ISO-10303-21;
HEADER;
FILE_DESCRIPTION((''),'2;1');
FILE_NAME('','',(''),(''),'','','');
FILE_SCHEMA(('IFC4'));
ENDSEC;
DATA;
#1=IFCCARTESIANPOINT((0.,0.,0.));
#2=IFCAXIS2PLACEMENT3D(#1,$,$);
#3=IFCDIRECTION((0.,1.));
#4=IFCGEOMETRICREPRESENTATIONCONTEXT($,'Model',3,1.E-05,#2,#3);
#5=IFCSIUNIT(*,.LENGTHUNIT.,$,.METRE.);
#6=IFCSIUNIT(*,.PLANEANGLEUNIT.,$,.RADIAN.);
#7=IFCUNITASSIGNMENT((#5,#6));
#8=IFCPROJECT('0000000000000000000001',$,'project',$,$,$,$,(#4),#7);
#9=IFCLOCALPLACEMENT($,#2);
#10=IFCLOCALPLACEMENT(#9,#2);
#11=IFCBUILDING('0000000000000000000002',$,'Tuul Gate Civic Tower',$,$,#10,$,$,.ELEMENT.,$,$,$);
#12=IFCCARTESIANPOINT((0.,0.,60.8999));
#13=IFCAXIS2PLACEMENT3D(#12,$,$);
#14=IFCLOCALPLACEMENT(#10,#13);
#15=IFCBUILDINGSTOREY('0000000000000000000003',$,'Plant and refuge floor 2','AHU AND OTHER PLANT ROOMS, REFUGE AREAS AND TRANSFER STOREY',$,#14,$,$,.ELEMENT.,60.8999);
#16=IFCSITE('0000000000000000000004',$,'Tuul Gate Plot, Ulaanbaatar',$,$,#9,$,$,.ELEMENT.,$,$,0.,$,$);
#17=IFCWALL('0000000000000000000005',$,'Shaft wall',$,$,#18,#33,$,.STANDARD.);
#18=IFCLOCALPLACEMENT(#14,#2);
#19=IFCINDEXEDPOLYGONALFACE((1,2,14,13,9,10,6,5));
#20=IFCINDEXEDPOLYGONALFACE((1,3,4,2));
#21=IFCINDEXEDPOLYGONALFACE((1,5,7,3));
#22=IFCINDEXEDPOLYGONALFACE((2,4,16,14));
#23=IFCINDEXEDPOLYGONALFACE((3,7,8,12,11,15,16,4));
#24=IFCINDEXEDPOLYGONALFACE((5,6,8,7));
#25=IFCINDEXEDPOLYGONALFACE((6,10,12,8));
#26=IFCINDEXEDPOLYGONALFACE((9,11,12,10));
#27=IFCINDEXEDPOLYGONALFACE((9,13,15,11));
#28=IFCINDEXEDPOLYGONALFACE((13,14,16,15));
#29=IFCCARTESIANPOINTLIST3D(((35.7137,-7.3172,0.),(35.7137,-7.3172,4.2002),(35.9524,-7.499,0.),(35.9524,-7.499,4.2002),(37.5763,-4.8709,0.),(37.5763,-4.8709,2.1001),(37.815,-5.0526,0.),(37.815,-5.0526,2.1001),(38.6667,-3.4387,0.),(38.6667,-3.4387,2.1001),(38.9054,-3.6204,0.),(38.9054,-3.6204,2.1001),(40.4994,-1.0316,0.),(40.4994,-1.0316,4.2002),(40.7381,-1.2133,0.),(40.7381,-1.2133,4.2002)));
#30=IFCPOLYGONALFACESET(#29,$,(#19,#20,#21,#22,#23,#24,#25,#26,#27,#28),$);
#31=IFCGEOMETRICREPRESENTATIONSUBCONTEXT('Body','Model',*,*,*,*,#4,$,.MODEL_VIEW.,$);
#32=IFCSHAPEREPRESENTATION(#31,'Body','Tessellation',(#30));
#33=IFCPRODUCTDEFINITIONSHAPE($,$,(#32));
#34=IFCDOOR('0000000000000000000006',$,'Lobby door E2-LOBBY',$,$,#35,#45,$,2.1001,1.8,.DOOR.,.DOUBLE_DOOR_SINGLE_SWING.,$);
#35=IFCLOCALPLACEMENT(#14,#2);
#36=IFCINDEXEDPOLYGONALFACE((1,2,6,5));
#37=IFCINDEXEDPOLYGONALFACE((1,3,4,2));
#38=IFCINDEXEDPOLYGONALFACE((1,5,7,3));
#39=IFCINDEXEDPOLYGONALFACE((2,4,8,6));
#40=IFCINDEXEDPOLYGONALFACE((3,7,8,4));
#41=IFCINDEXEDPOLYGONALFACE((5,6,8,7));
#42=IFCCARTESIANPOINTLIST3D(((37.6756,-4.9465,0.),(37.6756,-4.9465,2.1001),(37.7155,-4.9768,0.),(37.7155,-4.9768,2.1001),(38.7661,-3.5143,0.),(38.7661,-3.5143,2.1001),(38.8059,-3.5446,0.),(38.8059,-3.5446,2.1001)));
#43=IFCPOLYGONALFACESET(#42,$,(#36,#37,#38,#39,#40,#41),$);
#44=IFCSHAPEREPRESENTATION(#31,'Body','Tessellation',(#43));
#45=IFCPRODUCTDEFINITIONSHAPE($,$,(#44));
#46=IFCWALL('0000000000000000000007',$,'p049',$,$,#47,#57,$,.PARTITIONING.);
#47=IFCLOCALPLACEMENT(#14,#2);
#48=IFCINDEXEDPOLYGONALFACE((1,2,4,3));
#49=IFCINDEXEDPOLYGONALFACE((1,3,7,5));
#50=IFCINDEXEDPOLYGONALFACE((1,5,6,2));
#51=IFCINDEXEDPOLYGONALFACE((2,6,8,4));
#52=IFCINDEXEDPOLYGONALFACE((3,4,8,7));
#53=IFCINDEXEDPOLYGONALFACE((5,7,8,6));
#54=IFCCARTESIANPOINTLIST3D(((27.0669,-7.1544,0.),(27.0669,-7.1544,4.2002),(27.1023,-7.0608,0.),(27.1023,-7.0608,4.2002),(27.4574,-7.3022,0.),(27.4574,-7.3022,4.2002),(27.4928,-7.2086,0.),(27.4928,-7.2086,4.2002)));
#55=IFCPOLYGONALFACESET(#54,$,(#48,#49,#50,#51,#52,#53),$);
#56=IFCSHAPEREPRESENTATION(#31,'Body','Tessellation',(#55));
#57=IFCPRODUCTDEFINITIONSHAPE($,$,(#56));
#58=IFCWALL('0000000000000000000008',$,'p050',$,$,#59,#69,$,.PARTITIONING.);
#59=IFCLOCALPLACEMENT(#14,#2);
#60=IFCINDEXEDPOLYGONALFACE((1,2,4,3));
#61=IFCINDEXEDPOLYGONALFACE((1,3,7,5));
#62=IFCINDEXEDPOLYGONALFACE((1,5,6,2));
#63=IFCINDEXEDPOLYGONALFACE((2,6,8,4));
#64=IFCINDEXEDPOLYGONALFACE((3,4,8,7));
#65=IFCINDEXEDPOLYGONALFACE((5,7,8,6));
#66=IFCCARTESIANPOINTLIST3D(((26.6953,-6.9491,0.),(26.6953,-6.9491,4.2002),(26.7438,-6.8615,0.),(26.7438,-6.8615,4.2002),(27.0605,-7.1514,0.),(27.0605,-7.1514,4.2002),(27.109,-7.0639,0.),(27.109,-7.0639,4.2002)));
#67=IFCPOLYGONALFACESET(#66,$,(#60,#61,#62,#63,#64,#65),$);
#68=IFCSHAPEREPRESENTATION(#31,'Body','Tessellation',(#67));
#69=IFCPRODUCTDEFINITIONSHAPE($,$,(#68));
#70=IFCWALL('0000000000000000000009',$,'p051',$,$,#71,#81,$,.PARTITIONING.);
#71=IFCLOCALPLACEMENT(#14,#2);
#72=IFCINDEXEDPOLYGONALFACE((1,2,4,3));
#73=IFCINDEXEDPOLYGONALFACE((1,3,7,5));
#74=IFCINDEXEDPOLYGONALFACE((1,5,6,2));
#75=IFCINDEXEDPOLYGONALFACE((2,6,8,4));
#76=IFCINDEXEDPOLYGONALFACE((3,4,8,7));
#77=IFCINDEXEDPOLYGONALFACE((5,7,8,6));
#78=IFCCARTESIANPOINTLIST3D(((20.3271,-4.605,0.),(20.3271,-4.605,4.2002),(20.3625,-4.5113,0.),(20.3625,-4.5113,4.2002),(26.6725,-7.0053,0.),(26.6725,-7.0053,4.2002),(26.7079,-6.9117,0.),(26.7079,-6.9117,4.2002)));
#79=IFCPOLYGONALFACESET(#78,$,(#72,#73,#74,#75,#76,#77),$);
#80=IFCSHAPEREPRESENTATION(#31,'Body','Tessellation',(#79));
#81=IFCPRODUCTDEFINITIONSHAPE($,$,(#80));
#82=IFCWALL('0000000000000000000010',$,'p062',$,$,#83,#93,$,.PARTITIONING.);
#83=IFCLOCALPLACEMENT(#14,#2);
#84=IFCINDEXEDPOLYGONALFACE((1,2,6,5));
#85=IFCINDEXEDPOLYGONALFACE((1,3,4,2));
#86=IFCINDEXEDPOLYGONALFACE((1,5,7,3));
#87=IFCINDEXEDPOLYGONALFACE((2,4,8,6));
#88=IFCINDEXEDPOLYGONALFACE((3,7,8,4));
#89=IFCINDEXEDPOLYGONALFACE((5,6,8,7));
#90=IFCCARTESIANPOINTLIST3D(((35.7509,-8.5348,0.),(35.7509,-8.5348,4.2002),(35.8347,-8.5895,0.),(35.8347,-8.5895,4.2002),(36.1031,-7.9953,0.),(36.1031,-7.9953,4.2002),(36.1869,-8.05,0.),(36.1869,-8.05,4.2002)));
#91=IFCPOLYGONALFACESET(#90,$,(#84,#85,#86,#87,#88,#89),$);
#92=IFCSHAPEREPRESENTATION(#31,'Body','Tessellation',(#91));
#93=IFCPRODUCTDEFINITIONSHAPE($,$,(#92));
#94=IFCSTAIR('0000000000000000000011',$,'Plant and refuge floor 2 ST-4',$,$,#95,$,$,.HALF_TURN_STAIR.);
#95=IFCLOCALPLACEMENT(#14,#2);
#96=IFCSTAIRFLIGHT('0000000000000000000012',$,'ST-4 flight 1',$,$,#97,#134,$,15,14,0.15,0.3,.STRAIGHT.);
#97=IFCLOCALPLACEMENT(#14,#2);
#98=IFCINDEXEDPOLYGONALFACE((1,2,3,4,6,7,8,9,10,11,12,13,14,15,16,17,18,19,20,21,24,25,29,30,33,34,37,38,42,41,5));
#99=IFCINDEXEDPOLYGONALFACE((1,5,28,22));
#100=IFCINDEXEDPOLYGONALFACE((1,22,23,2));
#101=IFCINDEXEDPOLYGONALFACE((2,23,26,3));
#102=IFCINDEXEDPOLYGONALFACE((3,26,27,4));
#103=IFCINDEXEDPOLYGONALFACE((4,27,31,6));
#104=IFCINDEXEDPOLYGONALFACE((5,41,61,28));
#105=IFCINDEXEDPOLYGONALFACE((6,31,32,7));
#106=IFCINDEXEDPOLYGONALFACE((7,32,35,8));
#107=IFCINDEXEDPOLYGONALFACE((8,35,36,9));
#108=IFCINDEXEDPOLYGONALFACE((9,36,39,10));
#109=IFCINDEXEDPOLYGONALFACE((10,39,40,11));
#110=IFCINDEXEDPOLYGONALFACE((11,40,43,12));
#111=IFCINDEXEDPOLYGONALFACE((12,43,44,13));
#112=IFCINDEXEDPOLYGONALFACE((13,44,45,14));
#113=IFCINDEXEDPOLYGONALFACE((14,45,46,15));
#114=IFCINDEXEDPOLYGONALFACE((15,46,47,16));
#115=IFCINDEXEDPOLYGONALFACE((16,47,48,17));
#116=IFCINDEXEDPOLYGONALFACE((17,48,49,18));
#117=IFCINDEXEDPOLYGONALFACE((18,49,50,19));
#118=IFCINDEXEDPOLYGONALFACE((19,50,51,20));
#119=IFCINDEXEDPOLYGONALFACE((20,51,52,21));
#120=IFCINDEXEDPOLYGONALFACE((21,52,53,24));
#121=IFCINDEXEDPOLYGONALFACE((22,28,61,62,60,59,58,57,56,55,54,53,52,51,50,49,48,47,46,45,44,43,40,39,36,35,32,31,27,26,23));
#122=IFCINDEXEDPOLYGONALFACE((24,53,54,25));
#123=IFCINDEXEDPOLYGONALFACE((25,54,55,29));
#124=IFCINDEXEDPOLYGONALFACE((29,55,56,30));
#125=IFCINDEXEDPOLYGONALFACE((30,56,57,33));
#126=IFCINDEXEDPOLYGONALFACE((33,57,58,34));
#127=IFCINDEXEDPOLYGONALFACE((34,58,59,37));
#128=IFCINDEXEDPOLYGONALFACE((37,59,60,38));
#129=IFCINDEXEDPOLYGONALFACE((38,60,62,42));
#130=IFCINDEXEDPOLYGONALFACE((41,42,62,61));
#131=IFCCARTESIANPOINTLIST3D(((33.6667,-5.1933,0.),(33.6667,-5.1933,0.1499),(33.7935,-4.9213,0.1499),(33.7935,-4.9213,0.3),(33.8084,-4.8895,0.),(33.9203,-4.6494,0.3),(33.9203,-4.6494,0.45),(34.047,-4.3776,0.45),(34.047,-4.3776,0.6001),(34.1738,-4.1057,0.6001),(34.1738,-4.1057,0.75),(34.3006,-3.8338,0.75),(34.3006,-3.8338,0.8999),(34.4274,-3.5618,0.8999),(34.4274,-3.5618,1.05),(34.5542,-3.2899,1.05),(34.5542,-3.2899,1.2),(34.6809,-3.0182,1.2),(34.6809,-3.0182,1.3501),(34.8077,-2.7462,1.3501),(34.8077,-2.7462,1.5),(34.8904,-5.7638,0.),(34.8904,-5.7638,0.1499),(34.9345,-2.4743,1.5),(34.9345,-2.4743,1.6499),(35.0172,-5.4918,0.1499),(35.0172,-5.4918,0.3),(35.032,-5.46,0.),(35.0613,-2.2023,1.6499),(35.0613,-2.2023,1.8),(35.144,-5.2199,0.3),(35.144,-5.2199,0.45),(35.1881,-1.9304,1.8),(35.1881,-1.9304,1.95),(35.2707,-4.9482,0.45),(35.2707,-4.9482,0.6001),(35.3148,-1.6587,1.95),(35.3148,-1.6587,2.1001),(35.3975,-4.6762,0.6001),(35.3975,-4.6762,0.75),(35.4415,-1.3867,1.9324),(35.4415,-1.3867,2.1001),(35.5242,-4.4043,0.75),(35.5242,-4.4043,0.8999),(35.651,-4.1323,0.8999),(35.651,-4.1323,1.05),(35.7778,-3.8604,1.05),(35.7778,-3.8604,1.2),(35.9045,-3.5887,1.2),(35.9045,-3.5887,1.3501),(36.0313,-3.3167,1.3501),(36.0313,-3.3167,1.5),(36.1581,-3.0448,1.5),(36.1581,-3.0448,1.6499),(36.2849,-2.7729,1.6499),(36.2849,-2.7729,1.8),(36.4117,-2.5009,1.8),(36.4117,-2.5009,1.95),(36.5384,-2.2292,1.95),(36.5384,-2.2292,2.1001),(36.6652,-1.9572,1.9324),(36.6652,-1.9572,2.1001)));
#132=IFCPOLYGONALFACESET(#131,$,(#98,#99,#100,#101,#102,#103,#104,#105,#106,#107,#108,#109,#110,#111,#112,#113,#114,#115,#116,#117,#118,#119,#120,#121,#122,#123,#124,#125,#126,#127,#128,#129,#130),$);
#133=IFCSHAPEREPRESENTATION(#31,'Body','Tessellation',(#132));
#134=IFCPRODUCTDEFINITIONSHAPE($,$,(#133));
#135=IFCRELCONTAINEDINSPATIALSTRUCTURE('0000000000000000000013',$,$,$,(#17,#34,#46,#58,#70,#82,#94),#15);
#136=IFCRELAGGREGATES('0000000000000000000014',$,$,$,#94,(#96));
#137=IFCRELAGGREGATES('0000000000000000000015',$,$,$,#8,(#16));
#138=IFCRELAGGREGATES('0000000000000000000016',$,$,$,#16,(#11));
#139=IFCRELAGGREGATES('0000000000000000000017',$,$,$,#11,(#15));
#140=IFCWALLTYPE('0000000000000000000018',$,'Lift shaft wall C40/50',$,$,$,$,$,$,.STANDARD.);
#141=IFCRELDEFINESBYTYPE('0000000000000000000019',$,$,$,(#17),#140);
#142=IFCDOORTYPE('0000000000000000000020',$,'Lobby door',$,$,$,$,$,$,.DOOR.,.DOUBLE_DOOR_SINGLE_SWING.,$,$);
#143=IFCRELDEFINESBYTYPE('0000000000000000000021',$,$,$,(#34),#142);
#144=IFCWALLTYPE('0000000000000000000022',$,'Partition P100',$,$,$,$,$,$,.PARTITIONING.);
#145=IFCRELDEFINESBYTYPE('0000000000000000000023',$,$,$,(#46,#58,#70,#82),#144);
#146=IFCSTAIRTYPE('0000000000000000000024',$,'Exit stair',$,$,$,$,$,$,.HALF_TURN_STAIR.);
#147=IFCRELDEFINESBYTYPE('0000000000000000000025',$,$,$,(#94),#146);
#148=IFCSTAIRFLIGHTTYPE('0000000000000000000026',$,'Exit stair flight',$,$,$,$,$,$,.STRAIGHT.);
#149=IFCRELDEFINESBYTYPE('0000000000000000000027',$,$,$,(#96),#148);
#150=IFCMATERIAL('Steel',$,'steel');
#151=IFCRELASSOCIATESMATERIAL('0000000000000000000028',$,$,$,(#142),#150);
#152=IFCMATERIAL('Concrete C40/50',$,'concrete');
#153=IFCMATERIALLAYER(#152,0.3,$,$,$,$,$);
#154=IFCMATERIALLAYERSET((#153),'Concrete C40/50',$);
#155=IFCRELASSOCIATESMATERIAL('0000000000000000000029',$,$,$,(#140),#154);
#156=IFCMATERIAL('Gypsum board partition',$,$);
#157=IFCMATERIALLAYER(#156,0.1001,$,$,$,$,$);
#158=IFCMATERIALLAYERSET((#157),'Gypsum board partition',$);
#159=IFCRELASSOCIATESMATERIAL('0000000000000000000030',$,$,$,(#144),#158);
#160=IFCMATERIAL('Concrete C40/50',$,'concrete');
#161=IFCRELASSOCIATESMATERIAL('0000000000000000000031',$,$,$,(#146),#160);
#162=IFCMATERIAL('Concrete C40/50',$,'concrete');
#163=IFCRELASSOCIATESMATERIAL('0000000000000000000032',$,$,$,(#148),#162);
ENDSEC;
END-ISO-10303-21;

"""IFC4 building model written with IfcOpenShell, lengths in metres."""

from ifc_helpers import new_model, si_unit, direction, frame, frame_2d, origin, place, context, subcontext, project, spatial, polyline, rectangle, outline, extrude, material, layer, layer_set, type_object, element, fill, aggregate, save


model = new_model("IFC4")

# Units and contexts
model_context = context("Model", 3, precision=1e-05, world=origin(), true_north=direction((0.0, 1.0)))
body_context = subcontext(model_context, "Body", "Model", "MODEL_VIEW")
ifc_project = project(units=[si_unit("LENGTHUNIT", "METRE"), si_unit("PLANEANGLEUNIT", "RADIAN")], contexts=[model_context])

# Site, building, storey
site_placement = place(None, origin())
site = spatial("IfcSite", under=ifc_project, at=site_placement, Name="Tuul Gate Plot, Ulaanbaatar", CompositionType="ELEMENT", RefElevation=0.0)
building_placement = place(site_placement, origin())
building = spatial("IfcBuilding", under=site, at=building_placement, Name="Tuul Gate Civic Tower", CompositionType="ELEMENT")
storey_placement = place(building_placement, frame((0.0, 0.0, 60.8999)))
storey = spatial("IfcBuildingStorey", under=building, at=storey_placement, Name="Plant and refuge floor 2", Description="AHU AND OTHER PLANT ROOMS, REFUGE AREAS AND TRANSFER STOREY", CompositionType="ELEMENT", Elevation=60.8999)

# Shared definitions
ifc_material_1 = material(Name="Steel", Category="steel")
door_type_1 = type_object("IfcDoorType", Name="Lobby door", OperationType="DOUBLE_DOOR_SINGLE_SWING", PredefinedType="DOOR", material=ifc_material_1)

# Wall, opening, door
ifc_material_2 = material(Name="Concrete C40/50", Category="concrete")
ifc_layer_1 = layer(ifc_material_2, 0.3)
ifc_layer_set_1 = layer_set([ifc_layer_1], Name="Concrete C40/50")
wall_type_1 = type_object("IfcWallType", Name="Lift shaft wall C40/50", PredefinedType="STANDARD", material=ifc_layer_set_1)
wall_1_placement = place(storey_placement, frame((35.833, -7.4082, 0.0), z_axis=(0.0, 0.0, 1.0), x_axis=(0.605769, 0.79564, 0.0)))
wall_1 = element("IfcWall", 1, at=wall_1_placement, inside=storey, type_object=wall_type_1, Name="Shaft wall", PredefinedType="STANDARD", context=body_context, shape_type="SweptSolid", body=[
    extrude(rectangle(XDim=7.9001, YDim=0.3, at=frame_2d((3.9502, 0.0))), origin(), (0.0, 0.0, 1.0), 4.2002),
])
opening_1_placement = place(wall_1_placement, frame((3.075, 0.0, 0.0)))
opening_1 = element("IfcOpeningElement", 2, at=opening_1_placement, cuts=wall_1, PredefinedType="OPENING", context=body_context, shape_type="SweptSolid", body=[
    extrude(rectangle(XDim=1.8, YDim=2.1001, at=frame_2d((0.8999, 1.05))), frame((0.0, 0.1602, 0.0), z_axis=(0.0, -1.0, 0.0), x_axis=(1.0, 0.0, 0.0)), (0.0, 0.0, 1.0), 0.3201),
])
door_1_placement = place(opening_1_placement, frame((1.8, 0.0, 0.0), z_axis=(0.0, 0.0, 1.0), x_axis=(-1.0, 0.0, 0.0)))
door_1 = element("IfcDoor", 3, at=door_1_placement, inside=storey, type_object=door_type_1, Name="Lobby door E2-LOBBY", OperationType="DOUBLE_DOOR_SINGLE_SWING", OverallHeight=2.1001, OverallWidth=1.8, PredefinedType="DOOR", context=body_context, shape_type="SweptSolid", body=[
    extrude(rectangle(XDim=1.8, YDim=2.1001, at=frame_2d((0.9001, 1.05))), frame((0.0, 0.0249, 0.0), z_axis=(0.0, -1.0, 0.0), x_axis=(1.0, 0.0, 0.0)), (0.0, 0.0, 1.0), 0.05),
])
fill(opening_1, door_1)

# Walls
ifc_material_3 = material(Name="Gypsum board partition")
ifc_layer_2 = layer(ifc_material_3, 0.1001)
ifc_layer_set_2 = layer_set([ifc_layer_2], Name="Gypsum board partition")
wall_type_2 = type_object("IfcWallType", Name="Partition P100", PredefinedType="PARTITIONING", material=ifc_layer_set_2)
for number, where, z_axis, x_axis, name in (
    (4, (27.4751, -7.2554, 0.0), (0.0, 0.0, 1.0), (-0.935291, 0.353878, 0.0), "p049"),
    (5, (27.0847, -7.1077, 0.0), (0.0, 0.0, 1.0), (-0.874681, 0.484699, 0.0), "p050"),
):
    element("IfcWall", number, at=place(storey_placement, frame(where, z_axis=z_axis, x_axis=x_axis)), inside=storey, type_object=wall_type_2, Name=name, PredefinedType="PARTITIONING", context=body_context, shape_type="SweptSolid", body=[
        extrude(rectangle(XDim=0.4175, YDim=0.1001, at=frame_2d((0.2087, 0.0))), origin(), (0.0, 0.0, 1.0), 4.2002),
    ])
wall_2_placement = place(storey_placement, frame((26.6902, -6.9585, 0.0), z_axis=(0.0, 0.0, 1.0), x_axis=(-0.935315, 0.353816, 0.0)))
element("IfcWall", 6, at=wall_2_placement, inside=storey, type_object=wall_type_2, Name="p051", PredefinedType="PARTITIONING", context=body_context, shape_type="SweptSolid", body=[
    extrude(rectangle(XDim=6.7842, YDim=0.1001, at=frame_2d((3.3921, 0.0))), origin(), (0.0, 0.0, 1.0), 4.2002),
])
wall_3_placement = place(storey_placement, frame((35.7927, -8.5623, 0.0), z_axis=(0.0, 0.0, 1.0), x_axis=(0.546718, 0.837317, 0.0)))
element("IfcWall", 7, at=wall_3_placement, inside=storey, type_object=wall_type_2, Name="p062", PredefinedType="PARTITIONING", context=body_context, shape_type="SweptSolid", body=[
    extrude(rectangle(XDim=0.6443, YDim=0.1001, at=frame_2d((0.3223, 0.0))), origin(), (0.0, 0.0, 1.0), 4.2002),
])

# Stair, stair flight
ifc_material_4 = material(Name="Concrete C40/50", Category="concrete")
stair_type = type_object("IfcStairType", Name="Exit stair", PredefinedType="HALF_TURN_STAIR", material=ifc_material_4)
stair_placement = place(storey_placement, origin())
stair = element("IfcStair", 8, at=stair_placement, inside=storey, type_object=stair_type, Name="Plant and refuge floor 2 ST-4", PredefinedType="HALF_TURN_STAIR")
ifc_material_5 = material(Name="Concrete C40/50", Category="concrete")
stair_flight_type = type_object("IfcStairFlightType", Name="Exit stair flight", PredefinedType="STRAIGHT", material=ifc_material_5)
stair_flight_placement = place(storey_placement, frame((34.2786, -5.4785, 0.0), z_axis=(0.0, 0.0, 1.0), x_axis=(0.422576, 0.906327, 0.0)))
stair_flight = element("IfcStairFlight", 9, at=stair_flight_placement, type_object=stair_flight_type, Name="ST-4 flight 1", NumberOfRisers=15, NumberOfTreads=14, PredefinedType="STRAIGHT", RiserHeight=0.15, TreadLength=0.3, context=body_context, shape_type="SweptSolid", body=[
    extrude(outline(polyline([(0.0, 0.0), (0.0, 0.1499), (0.3, 0.1499), (0.3, 0.3), (0.6001, 0.3), (0.6001, 0.45), (0.8999, 0.45), (0.8999, 0.6001), (1.2, 0.6001), (1.2, 0.75), (1.5, 0.75), (1.5, 0.8999), (1.8, 0.8999), (1.8, 1.05), (2.1001, 1.05), (2.1001, 1.2), (2.3999, 1.2), (2.3999, 1.3501), (2.7, 1.3501), (2.7, 1.5), (3.0, 1.5), (3.0, 1.6499), (3.3, 1.6499), (3.3, 1.8), (3.6001, 1.8), (3.6001, 1.95), (3.8999, 1.95), (3.8999, 2.1001), (4.2, 2.1001), (4.2, 2.25), (4.2, 1.9324), (0.3352, 0.0), (0.0, 0.0)])), frame((0.0, 0.675, 0.0), z_axis=(0.0, -1.0, 0.0), x_axis=(1.0, 0.0, 0.0)), (0.0, 0.0, 1.0), 1.3501),
])
aggregate(stair, [stair_flight])

save(model, "model.ifc")
